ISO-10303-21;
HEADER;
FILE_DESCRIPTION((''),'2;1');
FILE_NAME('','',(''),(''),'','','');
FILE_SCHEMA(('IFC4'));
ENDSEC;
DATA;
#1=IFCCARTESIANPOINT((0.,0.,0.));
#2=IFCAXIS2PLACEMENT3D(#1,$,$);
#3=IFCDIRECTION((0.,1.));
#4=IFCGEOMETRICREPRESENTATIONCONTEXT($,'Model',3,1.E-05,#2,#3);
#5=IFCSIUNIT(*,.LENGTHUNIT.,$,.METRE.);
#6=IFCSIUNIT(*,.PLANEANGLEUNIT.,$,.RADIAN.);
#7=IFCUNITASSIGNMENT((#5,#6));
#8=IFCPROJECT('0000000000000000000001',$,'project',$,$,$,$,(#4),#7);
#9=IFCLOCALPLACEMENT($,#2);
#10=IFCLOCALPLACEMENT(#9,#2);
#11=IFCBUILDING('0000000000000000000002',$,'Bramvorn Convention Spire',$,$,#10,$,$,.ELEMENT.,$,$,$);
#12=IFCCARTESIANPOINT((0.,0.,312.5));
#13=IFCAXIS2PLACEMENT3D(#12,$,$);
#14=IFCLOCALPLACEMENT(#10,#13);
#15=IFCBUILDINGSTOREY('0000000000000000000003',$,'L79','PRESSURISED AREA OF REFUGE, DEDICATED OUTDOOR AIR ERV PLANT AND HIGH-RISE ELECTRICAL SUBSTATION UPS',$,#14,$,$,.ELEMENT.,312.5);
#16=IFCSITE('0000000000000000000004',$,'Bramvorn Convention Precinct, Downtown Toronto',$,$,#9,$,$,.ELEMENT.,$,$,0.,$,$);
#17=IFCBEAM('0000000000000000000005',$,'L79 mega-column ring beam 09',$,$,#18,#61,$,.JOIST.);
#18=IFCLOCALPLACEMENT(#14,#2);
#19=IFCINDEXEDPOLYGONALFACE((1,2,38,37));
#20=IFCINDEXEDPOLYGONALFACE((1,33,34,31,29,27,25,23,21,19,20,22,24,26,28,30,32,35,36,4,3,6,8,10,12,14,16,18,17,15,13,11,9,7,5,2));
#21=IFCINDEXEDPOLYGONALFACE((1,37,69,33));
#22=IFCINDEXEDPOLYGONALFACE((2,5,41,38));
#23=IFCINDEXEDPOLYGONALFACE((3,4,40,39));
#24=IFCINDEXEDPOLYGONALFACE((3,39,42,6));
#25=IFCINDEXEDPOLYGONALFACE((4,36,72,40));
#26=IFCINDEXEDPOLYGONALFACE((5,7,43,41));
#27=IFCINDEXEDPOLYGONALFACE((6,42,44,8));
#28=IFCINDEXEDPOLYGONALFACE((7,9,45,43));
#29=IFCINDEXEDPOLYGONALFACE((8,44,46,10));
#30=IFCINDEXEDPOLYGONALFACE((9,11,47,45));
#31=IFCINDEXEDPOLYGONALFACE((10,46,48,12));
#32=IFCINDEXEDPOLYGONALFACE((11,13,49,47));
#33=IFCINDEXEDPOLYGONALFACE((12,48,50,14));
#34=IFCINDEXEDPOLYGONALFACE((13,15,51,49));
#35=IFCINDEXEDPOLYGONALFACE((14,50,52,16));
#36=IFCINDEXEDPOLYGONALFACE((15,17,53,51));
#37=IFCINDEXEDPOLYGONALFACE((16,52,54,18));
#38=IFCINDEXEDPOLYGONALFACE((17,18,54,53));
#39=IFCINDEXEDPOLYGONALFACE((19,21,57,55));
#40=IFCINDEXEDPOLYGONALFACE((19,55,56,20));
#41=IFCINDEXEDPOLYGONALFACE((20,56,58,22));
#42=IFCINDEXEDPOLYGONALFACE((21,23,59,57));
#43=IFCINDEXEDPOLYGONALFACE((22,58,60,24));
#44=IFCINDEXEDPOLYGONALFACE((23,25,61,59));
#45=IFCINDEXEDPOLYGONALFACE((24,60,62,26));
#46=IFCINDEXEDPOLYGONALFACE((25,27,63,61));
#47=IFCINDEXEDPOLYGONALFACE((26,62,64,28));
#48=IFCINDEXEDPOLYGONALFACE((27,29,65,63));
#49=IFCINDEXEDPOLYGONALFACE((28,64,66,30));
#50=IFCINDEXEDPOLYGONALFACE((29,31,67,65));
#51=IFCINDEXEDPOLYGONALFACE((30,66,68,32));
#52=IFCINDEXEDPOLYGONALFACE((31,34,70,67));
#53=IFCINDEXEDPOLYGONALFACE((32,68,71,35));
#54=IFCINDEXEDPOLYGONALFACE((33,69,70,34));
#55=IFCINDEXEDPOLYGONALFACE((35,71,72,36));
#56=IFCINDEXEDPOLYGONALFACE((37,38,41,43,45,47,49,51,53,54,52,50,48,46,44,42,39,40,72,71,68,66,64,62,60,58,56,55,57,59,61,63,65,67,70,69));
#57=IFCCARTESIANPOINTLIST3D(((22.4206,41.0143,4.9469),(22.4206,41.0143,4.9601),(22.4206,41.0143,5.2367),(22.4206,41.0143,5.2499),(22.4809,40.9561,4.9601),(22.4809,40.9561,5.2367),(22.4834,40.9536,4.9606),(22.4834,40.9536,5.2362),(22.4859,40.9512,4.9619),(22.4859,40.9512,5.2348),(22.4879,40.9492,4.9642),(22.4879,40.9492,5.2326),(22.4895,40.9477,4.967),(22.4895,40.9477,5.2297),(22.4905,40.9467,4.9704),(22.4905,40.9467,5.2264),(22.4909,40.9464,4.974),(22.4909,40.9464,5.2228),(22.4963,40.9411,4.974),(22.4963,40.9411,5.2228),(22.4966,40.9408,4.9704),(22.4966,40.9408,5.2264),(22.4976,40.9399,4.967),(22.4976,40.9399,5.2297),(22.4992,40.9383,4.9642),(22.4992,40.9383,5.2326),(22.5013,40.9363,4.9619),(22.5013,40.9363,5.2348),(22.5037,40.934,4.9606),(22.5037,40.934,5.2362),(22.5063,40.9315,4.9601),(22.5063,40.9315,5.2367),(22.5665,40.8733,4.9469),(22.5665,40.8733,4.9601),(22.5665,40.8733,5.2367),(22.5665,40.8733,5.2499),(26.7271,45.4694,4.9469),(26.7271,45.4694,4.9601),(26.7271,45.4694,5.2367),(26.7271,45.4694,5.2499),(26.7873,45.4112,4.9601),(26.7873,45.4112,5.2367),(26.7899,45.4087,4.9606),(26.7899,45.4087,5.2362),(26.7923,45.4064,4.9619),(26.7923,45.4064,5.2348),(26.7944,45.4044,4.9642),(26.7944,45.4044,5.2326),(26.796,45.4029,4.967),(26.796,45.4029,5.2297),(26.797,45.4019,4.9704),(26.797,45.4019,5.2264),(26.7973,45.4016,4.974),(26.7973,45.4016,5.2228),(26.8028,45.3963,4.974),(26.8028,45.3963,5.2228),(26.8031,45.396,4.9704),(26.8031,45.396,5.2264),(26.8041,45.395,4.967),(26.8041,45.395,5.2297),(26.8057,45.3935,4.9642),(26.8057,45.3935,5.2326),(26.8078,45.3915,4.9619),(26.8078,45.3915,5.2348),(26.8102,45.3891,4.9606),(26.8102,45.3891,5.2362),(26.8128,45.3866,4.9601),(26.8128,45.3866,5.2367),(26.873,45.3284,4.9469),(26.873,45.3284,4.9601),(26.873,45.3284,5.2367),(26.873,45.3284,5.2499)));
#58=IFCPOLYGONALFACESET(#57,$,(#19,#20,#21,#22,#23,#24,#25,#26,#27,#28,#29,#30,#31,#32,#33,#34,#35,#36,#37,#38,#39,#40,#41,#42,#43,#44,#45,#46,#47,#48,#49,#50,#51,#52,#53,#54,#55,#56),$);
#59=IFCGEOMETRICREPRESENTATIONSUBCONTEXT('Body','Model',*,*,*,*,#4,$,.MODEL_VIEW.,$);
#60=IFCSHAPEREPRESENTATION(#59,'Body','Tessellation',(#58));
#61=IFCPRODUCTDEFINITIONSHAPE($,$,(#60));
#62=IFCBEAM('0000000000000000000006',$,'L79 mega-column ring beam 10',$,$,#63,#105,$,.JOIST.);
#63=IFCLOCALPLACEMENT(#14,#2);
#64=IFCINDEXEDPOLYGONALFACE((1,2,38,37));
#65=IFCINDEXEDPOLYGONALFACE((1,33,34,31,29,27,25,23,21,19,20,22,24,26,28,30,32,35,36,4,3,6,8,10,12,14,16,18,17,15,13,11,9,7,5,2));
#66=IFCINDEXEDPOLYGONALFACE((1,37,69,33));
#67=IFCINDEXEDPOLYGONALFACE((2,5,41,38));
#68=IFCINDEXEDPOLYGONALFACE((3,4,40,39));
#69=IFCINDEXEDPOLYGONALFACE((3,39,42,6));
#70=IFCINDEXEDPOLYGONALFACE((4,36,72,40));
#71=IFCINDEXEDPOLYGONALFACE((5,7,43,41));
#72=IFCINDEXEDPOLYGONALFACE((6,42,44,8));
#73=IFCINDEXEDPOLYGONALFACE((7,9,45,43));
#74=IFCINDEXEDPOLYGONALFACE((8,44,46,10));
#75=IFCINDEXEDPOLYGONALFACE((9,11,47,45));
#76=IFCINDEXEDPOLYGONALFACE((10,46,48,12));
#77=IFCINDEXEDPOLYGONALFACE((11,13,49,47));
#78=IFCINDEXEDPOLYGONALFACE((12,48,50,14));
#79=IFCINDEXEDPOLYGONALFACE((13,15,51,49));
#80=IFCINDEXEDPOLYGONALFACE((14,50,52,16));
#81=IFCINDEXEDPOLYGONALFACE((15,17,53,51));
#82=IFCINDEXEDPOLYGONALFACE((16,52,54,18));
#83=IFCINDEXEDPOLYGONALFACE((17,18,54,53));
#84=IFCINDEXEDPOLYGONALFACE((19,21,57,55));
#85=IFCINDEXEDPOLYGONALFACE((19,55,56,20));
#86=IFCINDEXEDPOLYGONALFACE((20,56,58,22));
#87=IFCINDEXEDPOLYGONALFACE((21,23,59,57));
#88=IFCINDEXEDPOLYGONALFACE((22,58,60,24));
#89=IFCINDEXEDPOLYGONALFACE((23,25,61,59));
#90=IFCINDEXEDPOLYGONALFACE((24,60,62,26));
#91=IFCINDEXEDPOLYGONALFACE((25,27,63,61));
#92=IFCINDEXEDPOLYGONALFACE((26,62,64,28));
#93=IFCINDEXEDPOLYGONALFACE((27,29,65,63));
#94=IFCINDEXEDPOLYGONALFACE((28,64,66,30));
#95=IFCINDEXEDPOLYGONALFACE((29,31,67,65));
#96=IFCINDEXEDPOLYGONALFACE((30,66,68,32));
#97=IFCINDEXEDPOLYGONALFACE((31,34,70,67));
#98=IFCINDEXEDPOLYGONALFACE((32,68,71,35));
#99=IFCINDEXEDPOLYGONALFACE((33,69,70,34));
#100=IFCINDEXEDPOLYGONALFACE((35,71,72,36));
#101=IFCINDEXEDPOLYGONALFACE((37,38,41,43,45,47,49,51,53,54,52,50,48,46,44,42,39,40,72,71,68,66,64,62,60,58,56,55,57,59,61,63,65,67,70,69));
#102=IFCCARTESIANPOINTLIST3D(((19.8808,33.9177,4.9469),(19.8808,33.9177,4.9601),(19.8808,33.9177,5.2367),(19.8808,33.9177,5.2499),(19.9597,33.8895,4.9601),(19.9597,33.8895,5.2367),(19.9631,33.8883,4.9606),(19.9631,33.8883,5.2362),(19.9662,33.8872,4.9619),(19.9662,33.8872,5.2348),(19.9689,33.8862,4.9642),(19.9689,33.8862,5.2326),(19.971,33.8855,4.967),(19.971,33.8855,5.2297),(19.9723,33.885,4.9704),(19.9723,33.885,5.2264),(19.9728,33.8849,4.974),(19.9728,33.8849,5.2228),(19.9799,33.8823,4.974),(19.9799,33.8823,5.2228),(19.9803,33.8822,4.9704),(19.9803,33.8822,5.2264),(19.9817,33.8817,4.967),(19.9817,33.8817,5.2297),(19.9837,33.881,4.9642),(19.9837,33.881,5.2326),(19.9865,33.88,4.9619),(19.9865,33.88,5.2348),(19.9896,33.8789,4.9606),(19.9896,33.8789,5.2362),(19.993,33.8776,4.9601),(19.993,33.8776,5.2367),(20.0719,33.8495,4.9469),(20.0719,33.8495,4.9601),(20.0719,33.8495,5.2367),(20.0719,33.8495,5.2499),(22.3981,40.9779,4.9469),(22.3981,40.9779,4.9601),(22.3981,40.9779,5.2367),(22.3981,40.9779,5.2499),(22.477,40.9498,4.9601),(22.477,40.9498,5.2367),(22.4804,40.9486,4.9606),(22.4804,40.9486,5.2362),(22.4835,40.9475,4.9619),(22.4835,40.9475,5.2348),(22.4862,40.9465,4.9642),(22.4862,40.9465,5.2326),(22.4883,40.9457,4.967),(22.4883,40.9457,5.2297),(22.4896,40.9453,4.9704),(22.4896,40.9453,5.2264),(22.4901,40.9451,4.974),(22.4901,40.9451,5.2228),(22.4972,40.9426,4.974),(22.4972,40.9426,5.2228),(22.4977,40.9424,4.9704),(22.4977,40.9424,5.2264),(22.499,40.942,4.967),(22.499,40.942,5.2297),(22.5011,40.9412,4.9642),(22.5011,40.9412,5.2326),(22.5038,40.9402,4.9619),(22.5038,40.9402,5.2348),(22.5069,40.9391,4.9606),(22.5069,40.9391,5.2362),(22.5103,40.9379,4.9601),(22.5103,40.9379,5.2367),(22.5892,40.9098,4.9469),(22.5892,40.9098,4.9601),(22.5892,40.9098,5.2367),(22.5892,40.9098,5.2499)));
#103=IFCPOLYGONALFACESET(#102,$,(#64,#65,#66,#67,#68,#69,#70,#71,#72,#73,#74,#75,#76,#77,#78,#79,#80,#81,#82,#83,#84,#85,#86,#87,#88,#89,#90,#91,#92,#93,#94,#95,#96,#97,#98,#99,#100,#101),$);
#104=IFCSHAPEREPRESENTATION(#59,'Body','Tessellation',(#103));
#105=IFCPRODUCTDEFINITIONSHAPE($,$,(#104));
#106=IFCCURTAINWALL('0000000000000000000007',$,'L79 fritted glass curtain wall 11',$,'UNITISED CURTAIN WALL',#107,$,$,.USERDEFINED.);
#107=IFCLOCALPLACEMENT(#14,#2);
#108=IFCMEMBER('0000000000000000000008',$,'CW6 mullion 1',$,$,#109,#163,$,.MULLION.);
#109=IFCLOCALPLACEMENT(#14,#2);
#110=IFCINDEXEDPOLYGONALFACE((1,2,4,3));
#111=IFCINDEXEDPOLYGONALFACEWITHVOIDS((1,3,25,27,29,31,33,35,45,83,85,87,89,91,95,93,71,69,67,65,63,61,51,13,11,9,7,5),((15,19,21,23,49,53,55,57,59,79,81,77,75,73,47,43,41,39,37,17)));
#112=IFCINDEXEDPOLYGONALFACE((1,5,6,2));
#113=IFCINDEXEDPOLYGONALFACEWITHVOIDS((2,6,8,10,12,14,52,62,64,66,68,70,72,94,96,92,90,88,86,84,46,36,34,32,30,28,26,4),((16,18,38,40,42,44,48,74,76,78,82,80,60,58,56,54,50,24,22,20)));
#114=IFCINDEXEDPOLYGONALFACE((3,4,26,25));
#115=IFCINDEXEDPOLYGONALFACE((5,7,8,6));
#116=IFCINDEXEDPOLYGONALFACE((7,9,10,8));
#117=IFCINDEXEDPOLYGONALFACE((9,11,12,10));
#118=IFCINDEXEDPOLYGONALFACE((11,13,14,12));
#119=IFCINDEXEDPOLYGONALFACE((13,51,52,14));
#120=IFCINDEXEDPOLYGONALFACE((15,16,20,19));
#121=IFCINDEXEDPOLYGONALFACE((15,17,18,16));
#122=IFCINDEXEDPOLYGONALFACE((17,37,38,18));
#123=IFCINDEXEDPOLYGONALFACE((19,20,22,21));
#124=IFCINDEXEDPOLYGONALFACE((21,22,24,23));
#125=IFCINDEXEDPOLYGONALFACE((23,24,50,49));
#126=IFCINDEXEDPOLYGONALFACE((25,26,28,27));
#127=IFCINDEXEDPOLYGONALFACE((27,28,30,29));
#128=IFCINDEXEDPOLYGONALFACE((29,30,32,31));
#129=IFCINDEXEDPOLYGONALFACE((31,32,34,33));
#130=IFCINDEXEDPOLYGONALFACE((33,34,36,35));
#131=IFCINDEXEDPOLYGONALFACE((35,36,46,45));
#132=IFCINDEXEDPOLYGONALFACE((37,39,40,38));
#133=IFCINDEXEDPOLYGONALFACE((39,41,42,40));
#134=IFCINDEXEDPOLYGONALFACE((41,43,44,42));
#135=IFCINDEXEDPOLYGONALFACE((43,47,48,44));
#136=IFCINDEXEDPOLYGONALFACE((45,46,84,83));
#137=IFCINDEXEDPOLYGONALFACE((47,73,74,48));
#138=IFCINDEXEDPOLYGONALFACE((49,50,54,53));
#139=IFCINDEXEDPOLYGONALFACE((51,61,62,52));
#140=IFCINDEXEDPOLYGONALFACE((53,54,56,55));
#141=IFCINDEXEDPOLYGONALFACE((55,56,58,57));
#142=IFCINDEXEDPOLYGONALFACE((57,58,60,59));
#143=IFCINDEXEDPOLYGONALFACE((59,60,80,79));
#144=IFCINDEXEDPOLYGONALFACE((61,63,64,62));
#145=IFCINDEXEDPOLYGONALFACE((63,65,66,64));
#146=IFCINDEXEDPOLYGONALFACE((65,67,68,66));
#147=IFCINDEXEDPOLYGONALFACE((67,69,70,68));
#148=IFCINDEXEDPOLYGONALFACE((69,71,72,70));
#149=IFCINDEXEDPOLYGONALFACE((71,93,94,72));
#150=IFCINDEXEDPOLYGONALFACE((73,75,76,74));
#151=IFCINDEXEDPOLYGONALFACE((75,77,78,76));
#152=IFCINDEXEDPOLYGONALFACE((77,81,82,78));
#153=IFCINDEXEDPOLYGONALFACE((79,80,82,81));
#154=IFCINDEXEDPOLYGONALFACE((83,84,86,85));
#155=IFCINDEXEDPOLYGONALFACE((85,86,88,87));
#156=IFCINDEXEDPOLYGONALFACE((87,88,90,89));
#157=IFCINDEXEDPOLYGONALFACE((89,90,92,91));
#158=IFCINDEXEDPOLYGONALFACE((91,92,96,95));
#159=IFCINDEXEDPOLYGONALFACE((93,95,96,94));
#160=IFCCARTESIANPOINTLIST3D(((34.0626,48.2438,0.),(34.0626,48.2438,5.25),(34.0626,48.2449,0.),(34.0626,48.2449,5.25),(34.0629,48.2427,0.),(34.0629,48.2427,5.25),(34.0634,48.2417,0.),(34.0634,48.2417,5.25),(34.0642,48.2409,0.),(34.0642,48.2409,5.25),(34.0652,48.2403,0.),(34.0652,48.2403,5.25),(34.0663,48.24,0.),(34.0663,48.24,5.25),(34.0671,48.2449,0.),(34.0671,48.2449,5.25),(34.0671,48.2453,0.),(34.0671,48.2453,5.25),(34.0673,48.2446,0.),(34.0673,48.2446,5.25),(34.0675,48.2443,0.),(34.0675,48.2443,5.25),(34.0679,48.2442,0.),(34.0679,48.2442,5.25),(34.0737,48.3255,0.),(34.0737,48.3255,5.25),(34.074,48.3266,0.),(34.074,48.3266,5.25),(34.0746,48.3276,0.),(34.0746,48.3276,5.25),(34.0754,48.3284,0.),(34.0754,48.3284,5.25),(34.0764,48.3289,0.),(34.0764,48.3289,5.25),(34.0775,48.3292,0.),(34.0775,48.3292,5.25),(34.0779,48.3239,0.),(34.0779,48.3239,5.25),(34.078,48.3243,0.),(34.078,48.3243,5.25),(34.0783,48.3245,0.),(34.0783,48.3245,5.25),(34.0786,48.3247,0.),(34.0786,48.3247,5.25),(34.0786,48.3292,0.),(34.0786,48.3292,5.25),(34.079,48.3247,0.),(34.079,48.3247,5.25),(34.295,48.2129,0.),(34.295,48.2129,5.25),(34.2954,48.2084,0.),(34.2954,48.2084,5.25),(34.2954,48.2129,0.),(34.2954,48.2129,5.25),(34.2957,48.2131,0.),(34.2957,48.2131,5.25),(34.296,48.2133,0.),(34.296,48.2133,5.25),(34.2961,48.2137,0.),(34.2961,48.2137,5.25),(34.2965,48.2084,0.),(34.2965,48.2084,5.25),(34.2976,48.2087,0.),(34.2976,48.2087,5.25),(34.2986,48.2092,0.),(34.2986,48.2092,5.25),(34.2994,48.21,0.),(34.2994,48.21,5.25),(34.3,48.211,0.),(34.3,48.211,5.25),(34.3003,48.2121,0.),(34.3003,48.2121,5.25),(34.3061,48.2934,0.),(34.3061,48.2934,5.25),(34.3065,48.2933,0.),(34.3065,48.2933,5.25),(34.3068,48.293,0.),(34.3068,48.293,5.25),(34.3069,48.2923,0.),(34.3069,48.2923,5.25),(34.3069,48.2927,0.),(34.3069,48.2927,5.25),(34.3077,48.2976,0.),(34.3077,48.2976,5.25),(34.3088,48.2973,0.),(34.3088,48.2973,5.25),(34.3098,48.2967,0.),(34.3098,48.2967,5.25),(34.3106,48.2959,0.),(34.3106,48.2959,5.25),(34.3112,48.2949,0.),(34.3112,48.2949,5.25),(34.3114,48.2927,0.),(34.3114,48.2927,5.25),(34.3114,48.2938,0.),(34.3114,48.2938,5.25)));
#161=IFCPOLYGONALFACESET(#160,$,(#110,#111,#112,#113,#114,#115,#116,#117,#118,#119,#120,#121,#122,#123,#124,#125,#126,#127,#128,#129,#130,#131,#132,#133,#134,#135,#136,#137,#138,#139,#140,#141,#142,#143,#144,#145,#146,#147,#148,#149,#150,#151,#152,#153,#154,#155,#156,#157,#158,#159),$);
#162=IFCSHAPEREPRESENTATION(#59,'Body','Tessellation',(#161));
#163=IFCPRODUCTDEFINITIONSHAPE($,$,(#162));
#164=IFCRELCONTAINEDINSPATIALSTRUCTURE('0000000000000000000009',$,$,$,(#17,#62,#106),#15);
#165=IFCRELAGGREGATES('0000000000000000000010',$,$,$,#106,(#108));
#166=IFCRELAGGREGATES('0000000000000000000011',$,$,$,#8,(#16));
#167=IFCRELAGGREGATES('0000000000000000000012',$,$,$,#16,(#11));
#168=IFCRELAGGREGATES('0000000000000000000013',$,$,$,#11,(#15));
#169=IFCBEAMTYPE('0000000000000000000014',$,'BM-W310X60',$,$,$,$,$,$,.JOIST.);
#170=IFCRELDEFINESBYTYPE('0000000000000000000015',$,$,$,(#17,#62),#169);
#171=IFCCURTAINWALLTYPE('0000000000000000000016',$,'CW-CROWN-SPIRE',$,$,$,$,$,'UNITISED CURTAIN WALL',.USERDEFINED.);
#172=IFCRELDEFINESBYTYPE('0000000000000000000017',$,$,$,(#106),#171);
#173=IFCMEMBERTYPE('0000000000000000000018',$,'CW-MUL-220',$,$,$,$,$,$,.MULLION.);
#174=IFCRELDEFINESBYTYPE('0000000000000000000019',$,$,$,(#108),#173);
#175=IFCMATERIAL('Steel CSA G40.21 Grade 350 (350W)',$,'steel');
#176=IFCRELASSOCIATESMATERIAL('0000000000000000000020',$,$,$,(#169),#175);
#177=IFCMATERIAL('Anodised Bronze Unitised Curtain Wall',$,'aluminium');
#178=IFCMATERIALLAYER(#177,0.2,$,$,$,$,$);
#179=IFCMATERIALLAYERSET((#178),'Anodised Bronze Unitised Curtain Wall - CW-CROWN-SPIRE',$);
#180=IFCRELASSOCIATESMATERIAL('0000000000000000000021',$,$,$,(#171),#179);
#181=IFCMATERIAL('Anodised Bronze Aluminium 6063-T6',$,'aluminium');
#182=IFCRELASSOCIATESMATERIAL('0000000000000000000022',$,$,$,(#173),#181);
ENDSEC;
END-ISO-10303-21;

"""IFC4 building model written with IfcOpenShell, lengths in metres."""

from ifc_helpers import new_model, si_unit, direction, frame, origin, origin_2d, place, context, subcontext, project, spatial, hollow_rectangle, i_section, extrude, material, layer, layer_set, material_profile, profile_set, type_object, element, aggregate, save


model = new_model("IFC4")

# Units and contexts
model_context = context("Model", 3, precision=1e-05, world=origin(), true_north=direction((0.0, 1.0)))
body_context = subcontext(model_context, "Body", "Model", "MODEL_VIEW")
ifc_project = project(units=[si_unit("LENGTHUNIT", "METRE"), si_unit("PLANEANGLEUNIT", "RADIAN")], contexts=[model_context])

# Site, building, storey
site_placement = place(None, origin())
site = spatial("IfcSite", under=ifc_project, at=site_placement, Name="Bramvorn Convention Precinct, Downtown Toronto", CompositionType="ELEMENT", RefElevation=0.0)
building_placement = place(site_placement, origin())
building = spatial("IfcBuilding", under=site, at=building_placement, Name="Bramvorn Convention Spire", CompositionType="ELEMENT")
storey_placement = place(building_placement, frame((0.0, 0.0, 312.5)))
storey = spatial("IfcBuildingStorey", under=building, at=storey_placement, Name="L79", Description="PRESSURISED AREA OF REFUGE, DEDICATED OUTDOOR AIR ERV PLANT AND HIGH-RISE ELECTRICAL SUBSTATION UPS", CompositionType="ELEMENT", Elevation=312.5)

# Shared definitions
ifc_material_1 = material(Name="Steel CSA G40.21 Grade 350 (350W)", Category="steel")

# Beams
ifc_material_profile_1 = material_profile(ifc_material_1, i_section(OverallWidth=0.2029, OverallDepth=0.303, WebThickness=0.0076, FlangeThickness=0.0132, FilletRadius=0.0139, at=origin_2d()))
ifc_profile_set_1 = profile_set([ifc_material_profile_1], Name="Steel CSA G40.21 Grade 350 (350W) - W310X60")
beam_type_1 = type_object("IfcBeamType", Name="BM-W310X60", PredefinedType="JOIST", material=ifc_profile_set_1)
for number, where, z_axis, x_axis, name in (
    (1, (26.8, 45.3989, 5.0984), (-0.695007, -0.719003, 0.0), (0.719003, -0.695007, 0.0), "L79 mega-column ring beam 09"),
):
    element("IfcBeam", number, at=place(storey_placement, frame(where, z_axis=z_axis, x_axis=x_axis)), inside=storey, type_object=beam_type_1, Name=name, PredefinedType="JOIST", context=body_context, shape_type="SweptSolid", body=[
        extrude(i_section(OverallWidth=0.2029, OverallDepth=0.303, WebThickness=0.0076, FlangeThickness=0.0132, FilletRadius=0.0139, at=origin_2d()), origin(), (0.0, 0.0, 1.0), 6.1963),
    ])
beam_1_placement = place(storey_placement, frame((22.4937, 40.9438, 5.0984), z_axis=(-0.335839, -0.941919, 0.0), x_axis=(0.941919, -0.335839, 0.0)))
element("IfcBeam", 2, at=beam_1_placement, inside=storey, type_object=beam_type_1, Name="L79 mega-column ring beam 10", PredefinedType="JOIST", context=body_context, shape_type="SweptSolid", body=[
    extrude(i_section(OverallWidth=0.2029, OverallDepth=0.303, WebThickness=0.0076, FlangeThickness=0.0132, FilletRadius=0.0139, at=origin_2d()), origin(), (0.0, 0.0, 1.0), 7.4956),
])

# Curtain wall, member
ifc_material_2 = material(Name="Anodised Bronze Unitised Curtain Wall", Category="aluminium")
ifc_layer_1 = layer(ifc_material_2, 0.2)
ifc_layer_set_1 = layer_set([ifc_layer_1], Name="Anodised Bronze Unitised Curtain Wall - CW-CROWN-SPIRE")
curtain_wall_type = type_object("IfcCurtainWallType", Name="CW-CROWN-SPIRE", ElementType="UNITISED CURTAIN WALL", PredefinedType="USERDEFINED", material=ifc_layer_set_1)
curtain_wall_1_placement = place(storey_placement, origin())
curtain_wall_1 = element("IfcCurtainWall", 3, at=curtain_wall_1_placement, inside=storey, type_object=curtain_wall_type, Name="L79 fritted glass curtain wall 11", ObjectType="UNITISED CURTAIN WALL", PredefinedType="USERDEFINED")
ifc_material_3 = material(Name="Anodised Bronze Aluminium 6063-T6", Category="aluminium")
ifc_material_profile_2 = material_profile(ifc_material_3, hollow_rectangle(XDim=0.0901, YDim=0.24, WallThickness=0.0044, InnerFilletRadius=0.001, OuterFilletRadius=0.0044, at=origin_2d()))
ifc_profile_set_2 = profile_set([ifc_material_profile_2], Name="Anodised Bronze Aluminium 6063-T6 - CWM90X240")
member_type_1 = type_object("IfcMemberType", Name="CW-MUL-220", PredefinedType="MULLION", material=ifc_profile_set_2)
member_1_placement = place(storey_placement, frame((34.187, 48.2688, 0.0), z_axis=(0.0, 0.0, 1.0), x_axis=(0.136635, 0.990621, 0.0)))
member_1 = element("IfcMember", 4, at=member_1_placement, type_object=member_type_1, Name="CW6 mullion 1", PredefinedType="MULLION", context=body_context, shape_type="SweptSolid", body=[
    extrude(hollow_rectangle(XDim=0.0901, YDim=0.24, WallThickness=0.0044, InnerFilletRadius=0.001, OuterFilletRadius=0.0044, at=origin_2d()), origin(), (0.0, 0.0, 1.0), 5.25),
])

aggregate(curtain_wall_1, [member_1])

save(model, "model.ifc")
